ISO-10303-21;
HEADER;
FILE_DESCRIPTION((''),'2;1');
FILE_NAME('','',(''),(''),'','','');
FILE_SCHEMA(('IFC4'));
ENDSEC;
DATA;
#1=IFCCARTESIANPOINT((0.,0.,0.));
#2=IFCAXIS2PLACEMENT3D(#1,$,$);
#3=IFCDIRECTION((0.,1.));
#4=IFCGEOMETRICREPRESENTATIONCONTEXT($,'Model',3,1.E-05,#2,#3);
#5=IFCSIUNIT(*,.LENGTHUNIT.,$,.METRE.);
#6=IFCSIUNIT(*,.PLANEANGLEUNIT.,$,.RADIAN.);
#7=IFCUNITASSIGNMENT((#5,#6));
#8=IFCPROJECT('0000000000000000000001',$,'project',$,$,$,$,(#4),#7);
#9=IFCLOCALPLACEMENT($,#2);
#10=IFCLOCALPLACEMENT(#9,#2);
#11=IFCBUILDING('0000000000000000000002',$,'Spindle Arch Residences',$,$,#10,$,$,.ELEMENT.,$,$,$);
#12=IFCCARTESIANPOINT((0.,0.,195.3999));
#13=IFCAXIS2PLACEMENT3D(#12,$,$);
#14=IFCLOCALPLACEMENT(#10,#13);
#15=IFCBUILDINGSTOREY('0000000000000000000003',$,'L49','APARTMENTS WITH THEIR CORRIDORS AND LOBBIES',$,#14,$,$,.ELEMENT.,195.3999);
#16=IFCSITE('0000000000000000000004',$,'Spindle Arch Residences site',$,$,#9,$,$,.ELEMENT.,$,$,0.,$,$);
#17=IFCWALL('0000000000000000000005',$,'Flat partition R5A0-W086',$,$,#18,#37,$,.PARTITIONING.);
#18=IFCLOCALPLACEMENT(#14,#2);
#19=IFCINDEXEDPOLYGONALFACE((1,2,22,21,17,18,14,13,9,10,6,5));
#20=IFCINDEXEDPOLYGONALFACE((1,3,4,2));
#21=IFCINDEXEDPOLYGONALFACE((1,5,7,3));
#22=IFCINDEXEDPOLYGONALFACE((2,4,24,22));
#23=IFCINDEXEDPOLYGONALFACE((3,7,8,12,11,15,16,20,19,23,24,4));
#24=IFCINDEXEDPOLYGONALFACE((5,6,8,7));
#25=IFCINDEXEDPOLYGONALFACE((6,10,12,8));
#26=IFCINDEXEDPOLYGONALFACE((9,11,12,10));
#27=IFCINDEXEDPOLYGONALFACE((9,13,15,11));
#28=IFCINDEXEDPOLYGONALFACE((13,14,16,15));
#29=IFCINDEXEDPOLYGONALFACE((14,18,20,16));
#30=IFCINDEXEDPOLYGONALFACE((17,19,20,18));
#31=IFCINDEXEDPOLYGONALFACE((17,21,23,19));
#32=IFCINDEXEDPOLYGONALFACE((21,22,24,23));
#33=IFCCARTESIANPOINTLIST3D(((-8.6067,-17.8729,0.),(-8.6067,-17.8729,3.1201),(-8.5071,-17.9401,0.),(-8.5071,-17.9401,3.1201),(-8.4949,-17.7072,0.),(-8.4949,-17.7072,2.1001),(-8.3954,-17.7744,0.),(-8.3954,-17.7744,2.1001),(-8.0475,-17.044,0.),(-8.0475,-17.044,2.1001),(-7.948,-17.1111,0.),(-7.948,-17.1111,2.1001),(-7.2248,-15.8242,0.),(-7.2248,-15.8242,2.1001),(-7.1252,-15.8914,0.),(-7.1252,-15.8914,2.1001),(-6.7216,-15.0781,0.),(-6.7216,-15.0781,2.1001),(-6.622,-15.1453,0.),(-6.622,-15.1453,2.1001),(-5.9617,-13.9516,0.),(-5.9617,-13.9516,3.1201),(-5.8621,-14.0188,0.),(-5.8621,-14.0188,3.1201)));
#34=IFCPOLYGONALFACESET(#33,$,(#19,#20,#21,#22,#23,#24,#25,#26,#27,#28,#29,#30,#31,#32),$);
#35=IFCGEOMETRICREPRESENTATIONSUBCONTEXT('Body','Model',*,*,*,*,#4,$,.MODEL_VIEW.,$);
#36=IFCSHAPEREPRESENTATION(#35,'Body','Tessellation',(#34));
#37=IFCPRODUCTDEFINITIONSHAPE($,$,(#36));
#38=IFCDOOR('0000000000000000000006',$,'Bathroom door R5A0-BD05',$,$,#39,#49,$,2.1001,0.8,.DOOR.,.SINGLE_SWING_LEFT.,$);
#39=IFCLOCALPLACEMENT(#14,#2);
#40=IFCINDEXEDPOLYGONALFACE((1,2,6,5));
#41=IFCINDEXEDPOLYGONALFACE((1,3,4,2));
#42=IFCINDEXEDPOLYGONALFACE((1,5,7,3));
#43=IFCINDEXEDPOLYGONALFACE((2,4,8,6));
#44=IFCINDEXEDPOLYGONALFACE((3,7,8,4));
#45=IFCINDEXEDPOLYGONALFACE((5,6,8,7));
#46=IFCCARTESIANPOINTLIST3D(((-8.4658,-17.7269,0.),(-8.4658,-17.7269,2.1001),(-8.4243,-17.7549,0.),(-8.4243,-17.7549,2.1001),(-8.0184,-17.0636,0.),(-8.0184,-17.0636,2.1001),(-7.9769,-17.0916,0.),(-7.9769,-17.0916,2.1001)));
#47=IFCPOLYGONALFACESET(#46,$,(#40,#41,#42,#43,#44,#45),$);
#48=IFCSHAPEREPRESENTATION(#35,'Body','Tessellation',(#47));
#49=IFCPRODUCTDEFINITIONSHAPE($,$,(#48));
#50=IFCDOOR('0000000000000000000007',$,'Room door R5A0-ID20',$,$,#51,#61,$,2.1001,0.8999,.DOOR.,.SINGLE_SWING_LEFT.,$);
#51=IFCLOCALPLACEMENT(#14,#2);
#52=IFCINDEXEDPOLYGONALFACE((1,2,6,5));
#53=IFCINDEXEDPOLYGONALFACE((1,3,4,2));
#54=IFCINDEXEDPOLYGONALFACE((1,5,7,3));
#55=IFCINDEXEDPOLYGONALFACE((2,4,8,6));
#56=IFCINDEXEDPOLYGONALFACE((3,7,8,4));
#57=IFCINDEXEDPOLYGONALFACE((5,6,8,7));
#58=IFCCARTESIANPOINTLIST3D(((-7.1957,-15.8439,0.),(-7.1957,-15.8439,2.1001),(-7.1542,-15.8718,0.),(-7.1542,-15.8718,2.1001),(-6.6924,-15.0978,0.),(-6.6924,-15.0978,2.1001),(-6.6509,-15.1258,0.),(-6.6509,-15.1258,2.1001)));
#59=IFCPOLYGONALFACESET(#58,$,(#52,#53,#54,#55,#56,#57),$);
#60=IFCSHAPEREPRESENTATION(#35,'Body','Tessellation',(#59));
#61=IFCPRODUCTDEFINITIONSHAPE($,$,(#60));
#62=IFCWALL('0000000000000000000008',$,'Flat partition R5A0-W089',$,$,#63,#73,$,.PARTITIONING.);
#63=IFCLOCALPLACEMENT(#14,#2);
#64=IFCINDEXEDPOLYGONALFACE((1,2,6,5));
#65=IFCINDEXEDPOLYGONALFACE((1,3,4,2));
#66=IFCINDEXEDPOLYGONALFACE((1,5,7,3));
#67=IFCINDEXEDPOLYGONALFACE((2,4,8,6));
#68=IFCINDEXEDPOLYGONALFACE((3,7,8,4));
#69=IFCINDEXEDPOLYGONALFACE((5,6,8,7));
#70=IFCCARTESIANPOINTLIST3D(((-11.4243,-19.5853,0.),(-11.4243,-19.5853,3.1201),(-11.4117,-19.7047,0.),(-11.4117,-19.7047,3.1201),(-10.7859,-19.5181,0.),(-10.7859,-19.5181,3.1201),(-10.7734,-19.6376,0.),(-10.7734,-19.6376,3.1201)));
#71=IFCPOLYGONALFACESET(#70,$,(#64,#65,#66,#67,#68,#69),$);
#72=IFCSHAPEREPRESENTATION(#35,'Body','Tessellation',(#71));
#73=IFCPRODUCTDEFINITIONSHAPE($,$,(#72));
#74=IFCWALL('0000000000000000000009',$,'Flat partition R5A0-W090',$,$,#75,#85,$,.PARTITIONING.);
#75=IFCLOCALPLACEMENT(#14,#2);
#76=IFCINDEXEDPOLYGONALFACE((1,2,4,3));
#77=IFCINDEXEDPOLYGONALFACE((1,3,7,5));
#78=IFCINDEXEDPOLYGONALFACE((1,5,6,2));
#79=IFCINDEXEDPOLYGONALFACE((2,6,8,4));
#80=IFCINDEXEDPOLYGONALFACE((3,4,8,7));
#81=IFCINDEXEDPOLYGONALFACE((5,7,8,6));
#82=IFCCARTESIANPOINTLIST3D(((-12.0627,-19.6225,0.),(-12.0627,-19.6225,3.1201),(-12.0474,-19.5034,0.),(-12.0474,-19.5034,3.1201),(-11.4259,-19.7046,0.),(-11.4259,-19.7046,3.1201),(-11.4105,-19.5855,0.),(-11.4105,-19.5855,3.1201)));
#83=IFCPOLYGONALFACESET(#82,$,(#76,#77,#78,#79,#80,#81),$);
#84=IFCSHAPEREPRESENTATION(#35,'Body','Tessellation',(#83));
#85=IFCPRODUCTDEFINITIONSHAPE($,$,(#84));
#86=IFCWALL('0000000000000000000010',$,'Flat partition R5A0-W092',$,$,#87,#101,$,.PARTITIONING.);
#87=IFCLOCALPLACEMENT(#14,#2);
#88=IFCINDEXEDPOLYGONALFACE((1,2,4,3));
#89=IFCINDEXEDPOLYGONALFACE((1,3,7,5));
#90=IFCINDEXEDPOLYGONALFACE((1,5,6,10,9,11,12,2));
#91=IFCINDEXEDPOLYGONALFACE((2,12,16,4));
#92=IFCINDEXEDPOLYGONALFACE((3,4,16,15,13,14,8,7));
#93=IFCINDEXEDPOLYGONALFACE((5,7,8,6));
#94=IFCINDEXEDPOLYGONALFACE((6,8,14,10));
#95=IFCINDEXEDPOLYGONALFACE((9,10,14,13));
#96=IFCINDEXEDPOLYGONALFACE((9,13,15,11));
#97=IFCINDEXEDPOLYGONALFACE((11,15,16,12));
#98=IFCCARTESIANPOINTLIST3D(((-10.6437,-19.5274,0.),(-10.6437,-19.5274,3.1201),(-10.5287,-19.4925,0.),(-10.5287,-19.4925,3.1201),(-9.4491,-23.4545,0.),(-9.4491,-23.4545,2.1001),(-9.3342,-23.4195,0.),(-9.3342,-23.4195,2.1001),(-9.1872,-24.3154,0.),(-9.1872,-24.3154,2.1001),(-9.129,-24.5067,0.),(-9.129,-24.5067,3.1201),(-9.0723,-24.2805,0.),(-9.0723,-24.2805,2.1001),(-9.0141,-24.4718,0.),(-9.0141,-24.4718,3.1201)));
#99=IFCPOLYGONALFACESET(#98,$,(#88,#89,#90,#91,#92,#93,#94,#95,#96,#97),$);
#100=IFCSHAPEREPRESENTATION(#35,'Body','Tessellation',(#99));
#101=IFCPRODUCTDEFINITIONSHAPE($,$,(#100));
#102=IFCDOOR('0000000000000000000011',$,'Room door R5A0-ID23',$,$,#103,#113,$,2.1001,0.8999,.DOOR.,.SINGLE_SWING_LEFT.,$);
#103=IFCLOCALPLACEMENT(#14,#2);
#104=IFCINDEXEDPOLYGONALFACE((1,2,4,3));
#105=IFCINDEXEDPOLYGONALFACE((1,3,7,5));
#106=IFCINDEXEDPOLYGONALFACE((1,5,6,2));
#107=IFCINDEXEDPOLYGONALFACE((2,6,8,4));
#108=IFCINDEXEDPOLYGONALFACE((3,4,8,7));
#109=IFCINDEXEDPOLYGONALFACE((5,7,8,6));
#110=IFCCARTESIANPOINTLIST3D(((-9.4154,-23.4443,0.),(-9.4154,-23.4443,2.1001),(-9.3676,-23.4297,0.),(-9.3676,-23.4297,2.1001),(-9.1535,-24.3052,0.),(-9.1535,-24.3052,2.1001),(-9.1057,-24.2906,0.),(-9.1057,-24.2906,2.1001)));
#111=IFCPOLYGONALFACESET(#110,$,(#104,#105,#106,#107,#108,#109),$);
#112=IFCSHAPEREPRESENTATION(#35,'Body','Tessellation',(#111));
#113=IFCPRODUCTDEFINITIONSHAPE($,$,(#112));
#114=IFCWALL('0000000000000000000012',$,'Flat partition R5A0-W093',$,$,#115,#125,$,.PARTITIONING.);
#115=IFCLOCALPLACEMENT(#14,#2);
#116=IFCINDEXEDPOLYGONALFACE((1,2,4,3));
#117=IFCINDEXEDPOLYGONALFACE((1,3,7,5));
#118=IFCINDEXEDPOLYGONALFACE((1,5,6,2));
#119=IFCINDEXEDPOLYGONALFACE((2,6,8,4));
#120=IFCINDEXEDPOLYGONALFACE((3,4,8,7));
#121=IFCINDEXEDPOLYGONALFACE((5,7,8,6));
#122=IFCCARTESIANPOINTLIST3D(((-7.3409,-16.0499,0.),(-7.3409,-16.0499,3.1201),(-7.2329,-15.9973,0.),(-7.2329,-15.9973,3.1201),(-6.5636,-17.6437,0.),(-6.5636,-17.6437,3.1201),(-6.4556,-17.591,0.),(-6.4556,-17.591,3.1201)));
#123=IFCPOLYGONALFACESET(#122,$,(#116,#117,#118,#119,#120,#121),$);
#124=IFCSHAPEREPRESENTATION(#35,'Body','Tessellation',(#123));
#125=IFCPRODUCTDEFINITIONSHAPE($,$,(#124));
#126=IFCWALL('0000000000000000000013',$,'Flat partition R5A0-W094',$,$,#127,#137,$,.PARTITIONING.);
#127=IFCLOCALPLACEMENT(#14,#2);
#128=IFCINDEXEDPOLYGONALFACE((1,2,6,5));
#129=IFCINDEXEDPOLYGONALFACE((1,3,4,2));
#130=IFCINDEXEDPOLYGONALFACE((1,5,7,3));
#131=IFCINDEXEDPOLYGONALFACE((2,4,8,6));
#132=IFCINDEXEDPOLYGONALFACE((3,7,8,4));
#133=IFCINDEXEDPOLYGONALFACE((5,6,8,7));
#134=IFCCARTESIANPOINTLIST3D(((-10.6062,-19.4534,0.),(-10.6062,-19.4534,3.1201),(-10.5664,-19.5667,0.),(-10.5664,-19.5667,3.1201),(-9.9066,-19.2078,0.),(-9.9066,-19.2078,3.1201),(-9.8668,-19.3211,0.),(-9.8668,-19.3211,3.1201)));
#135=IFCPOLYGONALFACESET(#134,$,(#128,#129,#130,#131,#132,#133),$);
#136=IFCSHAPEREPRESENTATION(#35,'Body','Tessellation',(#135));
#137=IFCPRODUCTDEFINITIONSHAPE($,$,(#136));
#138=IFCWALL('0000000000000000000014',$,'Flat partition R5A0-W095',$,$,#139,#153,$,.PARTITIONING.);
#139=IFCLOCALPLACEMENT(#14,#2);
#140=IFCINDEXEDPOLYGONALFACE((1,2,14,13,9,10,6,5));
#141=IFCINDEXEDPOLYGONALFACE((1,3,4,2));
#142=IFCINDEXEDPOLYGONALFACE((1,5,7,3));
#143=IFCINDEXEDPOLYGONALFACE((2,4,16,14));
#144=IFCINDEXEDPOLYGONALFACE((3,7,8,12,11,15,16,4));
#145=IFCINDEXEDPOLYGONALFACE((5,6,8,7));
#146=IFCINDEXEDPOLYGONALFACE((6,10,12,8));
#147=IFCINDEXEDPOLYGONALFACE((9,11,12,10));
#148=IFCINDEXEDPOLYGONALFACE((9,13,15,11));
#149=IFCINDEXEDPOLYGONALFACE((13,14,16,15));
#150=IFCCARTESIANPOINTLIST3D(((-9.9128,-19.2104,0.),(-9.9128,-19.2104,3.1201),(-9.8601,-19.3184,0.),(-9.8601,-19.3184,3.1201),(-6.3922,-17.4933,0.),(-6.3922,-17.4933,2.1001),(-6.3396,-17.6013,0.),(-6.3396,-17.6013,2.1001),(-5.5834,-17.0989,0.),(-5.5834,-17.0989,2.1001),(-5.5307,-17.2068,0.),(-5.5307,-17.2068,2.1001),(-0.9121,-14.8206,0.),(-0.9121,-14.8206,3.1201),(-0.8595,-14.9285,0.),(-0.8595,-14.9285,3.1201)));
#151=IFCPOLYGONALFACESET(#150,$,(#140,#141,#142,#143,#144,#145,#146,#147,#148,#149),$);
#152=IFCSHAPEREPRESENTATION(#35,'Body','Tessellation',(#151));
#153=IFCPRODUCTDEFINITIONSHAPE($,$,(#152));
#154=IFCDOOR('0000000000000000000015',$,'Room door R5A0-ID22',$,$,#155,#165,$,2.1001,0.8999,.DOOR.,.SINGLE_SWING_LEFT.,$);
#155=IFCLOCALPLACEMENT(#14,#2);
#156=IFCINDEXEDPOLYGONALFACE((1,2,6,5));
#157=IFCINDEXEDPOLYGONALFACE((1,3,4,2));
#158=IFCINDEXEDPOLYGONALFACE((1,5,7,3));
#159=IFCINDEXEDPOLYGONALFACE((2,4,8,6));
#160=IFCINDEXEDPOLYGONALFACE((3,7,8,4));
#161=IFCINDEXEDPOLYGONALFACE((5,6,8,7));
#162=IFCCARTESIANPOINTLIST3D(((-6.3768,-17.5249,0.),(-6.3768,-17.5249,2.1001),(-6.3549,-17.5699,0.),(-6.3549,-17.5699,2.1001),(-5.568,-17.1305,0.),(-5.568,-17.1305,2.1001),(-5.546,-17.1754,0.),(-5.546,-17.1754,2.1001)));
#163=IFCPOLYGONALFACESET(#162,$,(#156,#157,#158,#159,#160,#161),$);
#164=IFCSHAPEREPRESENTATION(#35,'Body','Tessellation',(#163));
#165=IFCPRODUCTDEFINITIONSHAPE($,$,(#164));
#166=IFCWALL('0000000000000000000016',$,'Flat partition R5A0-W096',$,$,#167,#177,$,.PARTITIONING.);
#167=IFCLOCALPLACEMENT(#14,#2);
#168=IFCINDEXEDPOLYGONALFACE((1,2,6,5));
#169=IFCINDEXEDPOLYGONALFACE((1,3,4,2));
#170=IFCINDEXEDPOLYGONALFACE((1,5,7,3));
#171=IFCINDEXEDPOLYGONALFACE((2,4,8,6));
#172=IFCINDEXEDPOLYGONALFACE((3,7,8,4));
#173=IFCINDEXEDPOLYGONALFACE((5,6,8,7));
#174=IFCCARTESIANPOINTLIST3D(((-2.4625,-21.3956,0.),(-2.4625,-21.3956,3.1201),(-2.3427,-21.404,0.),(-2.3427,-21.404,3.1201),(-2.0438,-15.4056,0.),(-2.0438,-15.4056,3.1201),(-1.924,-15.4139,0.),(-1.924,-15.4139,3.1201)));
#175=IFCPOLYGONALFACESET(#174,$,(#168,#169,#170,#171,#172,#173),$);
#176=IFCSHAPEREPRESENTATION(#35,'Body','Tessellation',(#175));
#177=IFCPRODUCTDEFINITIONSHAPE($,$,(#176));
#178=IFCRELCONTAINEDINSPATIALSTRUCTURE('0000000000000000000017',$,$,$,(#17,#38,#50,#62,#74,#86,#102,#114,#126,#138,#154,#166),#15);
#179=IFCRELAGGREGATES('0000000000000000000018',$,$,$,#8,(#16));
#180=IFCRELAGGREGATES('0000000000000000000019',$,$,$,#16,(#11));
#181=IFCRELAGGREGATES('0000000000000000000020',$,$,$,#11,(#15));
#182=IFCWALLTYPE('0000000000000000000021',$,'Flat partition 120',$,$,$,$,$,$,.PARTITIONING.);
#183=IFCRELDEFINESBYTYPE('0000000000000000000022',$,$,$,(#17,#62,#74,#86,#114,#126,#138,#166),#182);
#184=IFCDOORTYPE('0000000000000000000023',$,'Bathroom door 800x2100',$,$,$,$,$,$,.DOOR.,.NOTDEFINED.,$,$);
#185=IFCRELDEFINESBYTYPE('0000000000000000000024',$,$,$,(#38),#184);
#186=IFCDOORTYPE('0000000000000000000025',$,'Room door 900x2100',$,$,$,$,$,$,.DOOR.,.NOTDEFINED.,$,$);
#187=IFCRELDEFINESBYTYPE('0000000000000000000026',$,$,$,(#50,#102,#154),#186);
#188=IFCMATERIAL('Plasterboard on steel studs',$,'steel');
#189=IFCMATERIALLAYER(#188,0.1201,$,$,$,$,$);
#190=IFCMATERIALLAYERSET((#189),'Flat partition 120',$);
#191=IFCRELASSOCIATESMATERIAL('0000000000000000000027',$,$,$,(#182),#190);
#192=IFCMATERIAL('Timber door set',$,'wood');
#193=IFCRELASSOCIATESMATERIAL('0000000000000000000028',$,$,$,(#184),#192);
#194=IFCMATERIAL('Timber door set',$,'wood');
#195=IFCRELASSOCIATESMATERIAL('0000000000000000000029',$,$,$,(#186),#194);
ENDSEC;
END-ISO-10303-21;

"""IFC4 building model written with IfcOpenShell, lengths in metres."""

from ifc_helpers import new_model, si_unit, direction, frame, frame_2d, origin, place, context, subcontext, project, spatial, rectangle, extrude, material, layer, layer_set, type_object, element, fill, save


model = new_model("IFC4")

# Units and contexts
model_context = context("Model", 3, precision=1e-05, world=origin(), true_north=direction((0.0, 1.0)))
body_context = subcontext(model_context, "Body", "Model", "MODEL_VIEW")
ifc_project = project(units=[si_unit("LENGTHUNIT", "METRE"), si_unit("PLANEANGLEUNIT", "RADIAN")], contexts=[model_context])

# Site, building, storey
site_placement = place(None, origin())
site = spatial("IfcSite", under=ifc_project, at=site_placement, Name="Spindle Arch Residences site", CompositionType="ELEMENT", RefElevation=0.0)
building_placement = place(site_placement, origin())
building = spatial("IfcBuilding", under=site, at=building_placement, Name="Spindle Arch Residences", CompositionType="ELEMENT")
storey_placement = place(building_placement, frame((0.0, 0.0, 195.3999)))
storey = spatial("IfcBuildingStorey", under=building, at=storey_placement, Name="L49", Description="APARTMENTS WITH THEIR CORRIDORS AND LOBBIES", CompositionType="ELEMENT", Elevation=195.3999)

# Wall, openings, doors
ifc_material_1 = material(Name="Plasterboard on steel studs", Category="steel")
ifc_layer_1 = layer(ifc_material_1, 0.1201)
ifc_layer_set_1 = layer_set([ifc_layer_1], Name="Flat partition 120")
wall_type = type_object("IfcWallType", Name="Flat partition 120", PredefinedType="PARTITIONING", material=ifc_layer_set_1)
wall_1_placement = place(storey_placement, frame((-8.5569, -17.9065, 0.0), z_axis=(0.0, 0.0, 1.0), x_axis=(0.559194, 0.829037, 0.0)))
wall_1 = element("IfcWall", 1, at=wall_1_placement, inside=storey, type_object=wall_type, Name="Flat partition R5A0-W086", PredefinedType="PARTITIONING", context=body_context, shape_type="SweptSolid", body=[
    extrude(rectangle(XDim=4.73, YDim=0.1201, at=frame_2d((2.365, 0.0))), origin(), (0.0, 0.0, 1.0), 3.1201),
])
opening_1_placement = place(wall_1_placement, frame((0.2, 0.0, 0.0)))
opening_1 = element("IfcOpeningElement", 2, at=opening_1_placement, cuts=wall_1, PredefinedType="OPENING", context=body_context, shape_type="SweptSolid", body=[
    extrude(rectangle(XDim=0.8, YDim=2.1001, at=frame_2d((0.3999, 1.05))), frame((0.0, 0.0701, 0.0), z_axis=(0.0, -1.0, 0.0), x_axis=(1.0, 0.0, 0.0)), (0.0, 0.0, 1.0), 0.1401),
])
opening_2_placement = place(wall_1_placement, frame((2.4712, 0.0, 0.0)))
opening_2 = element("IfcOpeningElement", 3, at=opening_2_placement, cuts=wall_1, PredefinedType="OPENING", context=body_context, shape_type="SweptSolid", body=[
    extrude(rectangle(XDim=0.8999, YDim=2.1001, at=frame_2d((0.45, 1.05))), frame((0.0, 0.0701, 0.0), z_axis=(0.0, -1.0, 0.0), x_axis=(1.0, 0.0, 0.0)), (0.0, 0.0, 1.0), 0.1401),
])
ifc_material_2 = material(Name="Timber door set", Category="wood")
door_type_1 = type_object("IfcDoorType", Name="Bathroom door 800x2100", OperationType="NOTDEFINED", PredefinedType="DOOR", material=ifc_material_2)
door_1_placement = place(opening_1_placement, origin())
door_1 = element("IfcDoor", 4, at=door_1_placement, inside=storey, type_object=door_type_1, Name="Bathroom door R5A0-BD05", OperationType="SINGLE_SWING_LEFT", OverallHeight=2.1001, OverallWidth=0.8, PredefinedType="DOOR", context=body_context, shape_type="SweptSolid", body=[
    extrude(rectangle(XDim=0.8, YDim=2.1001, at=frame_2d((0.3999, 1.05))), frame((0.0, 0.0249, 0.0), z_axis=(0.0, -1.0, 0.0), x_axis=(1.0, 0.0, 0.0)), (0.0, 0.0, 1.0), 0.05),
])
fill(opening_1, door_1)
ifc_material_3 = material(Name="Timber door set", Category="wood")
door_type_2 = type_object("IfcDoorType", Name="Room door 900x2100", OperationType="NOTDEFINED", PredefinedType="DOOR", material=ifc_material_3)
door_2_placement = place(opening_2_placement, origin())
door_2 = element("IfcDoor", 5, at=door_2_placement, inside=storey, type_object=door_type_2, Name="Room door R5A0-ID20", OperationType="SINGLE_SWING_LEFT", OverallHeight=2.1001, OverallWidth=0.8999, PredefinedType="DOOR", context=body_context, shape_type="SweptSolid", body=[
    extrude(rectangle(XDim=0.8999, YDim=2.1001, at=frame_2d((0.45, 1.05))), frame((0.0, 0.0249, 0.0), z_axis=(0.0, -1.0, 0.0), x_axis=(1.0, 0.0, 0.0)), (0.0, 0.0, 1.0), 0.05),
])
fill(opening_2, door_2)

# Walls
wall_2_placement = place(storey_placement, frame((-10.7798, -19.5779, 0.0), z_axis=(0.0, 0.0, 1.0), x_axis=(-0.994516, -0.104586, 0.0)))
element("IfcWall", 6, at=wall_2_placement, inside=storey, type_object=wall_type, Name="Flat partition R5A0-W089", PredefinedType="PARTITIONING", context=body_context, shape_type="SweptSolid", body=[
    extrude(rectangle(XDim=0.6418, YDim=0.1201, at=frame_2d((0.3208, 0.0))), origin(), (0.0, 0.0, 1.0), 3.1201),
])
wall_3_placement = place(storey_placement, frame((-11.4182, -19.645, 0.0), z_axis=(0.0, 0.0, 1.0), x_axis=(-0.991803, 0.127778, 0.0)))
element("IfcWall", 7, at=wall_3_placement, inside=storey, type_object=wall_type, Name="Flat partition R5A0-W090", PredefinedType="PARTITIONING", context=body_context, shape_type="SweptSolid", body=[
    extrude(rectangle(XDim=0.6421, YDim=0.1201, at=frame_2d((0.321, 0.0))), origin(), (0.0, 0.0, 1.0), 3.1201),
])

# Wall, opening, door
wall_4_placement = place(storey_placement, frame((-9.0715, -24.4893, 0.0), z_axis=(0.0, 0.0, 1.0), x_axis=(-0.291025, 0.956715, 0.0)))
wall_4 = element("IfcWall", 8, at=wall_4_placement, inside=storey, type_object=wall_type, Name="Flat partition R5A0-W092", PredefinedType="PARTITIONING", context=body_context, shape_type="SweptSolid", body=[
    extrude(rectangle(XDim=5.2046, YDim=0.1201, at=frame_2d((2.6023, 0.0))), origin(), (0.0, 0.0, 1.0), 3.1201),
])
opening_3_placement = place(wall_4_placement, frame((0.2, 0.0, 0.0)))
opening_3 = element("IfcOpeningElement", 9, at=opening_3_placement, cuts=wall_4, PredefinedType="OPENING", context=body_context, shape_type="SweptSolid", body=[
    extrude(rectangle(XDim=0.8999, YDim=2.1001, at=frame_2d((0.45, 1.05))), frame((0.0, 0.0701, 0.0), z_axis=(0.0, -1.0, 0.0), x_axis=(1.0, 0.0, 0.0)), (0.0, 0.0, 1.0), 0.1401),
])
door_3_placement = place(opening_3_placement, origin())
door_3 = element("IfcDoor", 10, at=door_3_placement, inside=storey, type_object=door_type_2, Name="Room door R5A0-ID23", OperationType="SINGLE_SWING_LEFT", OverallHeight=2.1001, OverallWidth=0.8999, PredefinedType="DOOR", context=body_context, shape_type="SweptSolid", body=[
    extrude(rectangle(XDim=0.8999, YDim=2.1001, at=frame_2d((0.45, 1.05))), frame((0.0, 0.0249, 0.0), z_axis=(0.0, -1.0, 0.0), x_axis=(1.0, 0.0, 0.0)), (0.0, 0.0, 1.0), 0.05),
])
fill(opening_3, door_3)

# Walls
wall_5_placement = place(storey_placement, frame((-6.5095, -17.6174, 0.0), z_axis=(0.0, 0.0, 1.0), x_axis=(-0.43838, 0.89879, 0.0)))
element("IfcWall", 11, at=wall_5_placement, inside=storey, type_object=wall_type, Name="Flat partition R5A0-W093", PredefinedType="PARTITIONING", context=body_context, shape_type="SweptSolid", body=[
    extrude(rectangle(XDim=1.7732, YDim=0.1201, at=frame_2d((0.8867, 0.0))), origin(), (0.0, 0.0, 1.0), 3.1201),
])
wall_6_placement = place(storey_placement, frame((-10.5862, -19.51, 0.0), z_axis=(0.0, 0.0, 1.0), x_axis=(0.94356, 0.331201, 0.0)))
element("IfcWall", 12, at=wall_6_placement, inside=storey, type_object=wall_type, Name="Flat partition R5A0-W094", PredefinedType="PARTITIONING", context=body_context, shape_type="SweptSolid", body=[
    extrude(rectangle(XDim=0.7415, YDim=0.1201, at=frame_2d((0.3706, 0.0))), origin(), (0.0, 0.0, 1.0), 3.1201),
])

# Wall, opening, door
wall_7_placement = place(storey_placement, frame((-9.8865, -19.2644, 0.0), z_axis=(0.0, 0.0, 1.0), x_axis=(0.898796, 0.438366, 0.0)))
wall_7 = element("IfcWall", 13, at=wall_7_placement, inside=storey, type_object=wall_type, Name="Flat partition R5A0-W095", PredefinedType="PARTITIONING", context=body_context, shape_type="SweptSolid", body=[
    extrude(rectangle(XDim=10.0142, YDim=0.1201, at=frame_2d((5.0071, 0.0))), origin(), (0.0, 0.0, 1.0), 3.1201),
])
opening_4_placement = place(wall_7_placement, frame((3.917, 0.0, 0.0)))
opening_4 = element("IfcOpeningElement", 14, at=opening_4_placement, cuts=wall_7, PredefinedType="OPENING", context=body_context, shape_type="SweptSolid", body=[
    extrude(rectangle(XDim=0.8999, YDim=2.1001, at=frame_2d((0.45, 1.05))), frame((0.0, 0.0701, 0.0), z_axis=(0.0, -1.0, 0.0), x_axis=(1.0, 0.0, 0.0)), (0.0, 0.0, 1.0), 0.1401),
])
door_4_placement = place(opening_4_placement, origin())
door_4 = element("IfcDoor", 15, at=door_4_placement, inside=storey, type_object=door_type_2, Name="Room door R5A0-ID22", OperationType="SINGLE_SWING_LEFT", OverallHeight=2.1001, OverallWidth=0.8999, PredefinedType="DOOR", context=body_context, shape_type="SweptSolid", body=[
    extrude(rectangle(XDim=0.8999, YDim=2.1001, at=frame_2d((0.45, 1.05))), frame((0.0, 0.0249, 0.0), z_axis=(0.0, -1.0, 0.0), x_axis=(1.0, 0.0, 0.0)), (0.0, 0.0, 1.0), 0.05),
])
fill(opening_4, door_4)

# Wall
wall_8_placement = place(storey_placement, frame((-2.4026, -21.3999, 0.0), z_axis=(0.0, 0.0, 1.0), x_axis=(0.06973, 0.997566, 0.0)))
element("IfcWall", 16, at=wall_8_placement, inside=storey, type_object=wall_type, Name="Flat partition R5A0-W096", PredefinedType="PARTITIONING", context=body_context, shape_type="SweptSolid", body=[
    extrude(rectangle(XDim=6.0046, YDim=0.1201, at=frame_2d((3.0024, 0.0))), origin(), (0.0, 0.0, 1.0), 3.1201),
])

save(model, "model.ifc")
